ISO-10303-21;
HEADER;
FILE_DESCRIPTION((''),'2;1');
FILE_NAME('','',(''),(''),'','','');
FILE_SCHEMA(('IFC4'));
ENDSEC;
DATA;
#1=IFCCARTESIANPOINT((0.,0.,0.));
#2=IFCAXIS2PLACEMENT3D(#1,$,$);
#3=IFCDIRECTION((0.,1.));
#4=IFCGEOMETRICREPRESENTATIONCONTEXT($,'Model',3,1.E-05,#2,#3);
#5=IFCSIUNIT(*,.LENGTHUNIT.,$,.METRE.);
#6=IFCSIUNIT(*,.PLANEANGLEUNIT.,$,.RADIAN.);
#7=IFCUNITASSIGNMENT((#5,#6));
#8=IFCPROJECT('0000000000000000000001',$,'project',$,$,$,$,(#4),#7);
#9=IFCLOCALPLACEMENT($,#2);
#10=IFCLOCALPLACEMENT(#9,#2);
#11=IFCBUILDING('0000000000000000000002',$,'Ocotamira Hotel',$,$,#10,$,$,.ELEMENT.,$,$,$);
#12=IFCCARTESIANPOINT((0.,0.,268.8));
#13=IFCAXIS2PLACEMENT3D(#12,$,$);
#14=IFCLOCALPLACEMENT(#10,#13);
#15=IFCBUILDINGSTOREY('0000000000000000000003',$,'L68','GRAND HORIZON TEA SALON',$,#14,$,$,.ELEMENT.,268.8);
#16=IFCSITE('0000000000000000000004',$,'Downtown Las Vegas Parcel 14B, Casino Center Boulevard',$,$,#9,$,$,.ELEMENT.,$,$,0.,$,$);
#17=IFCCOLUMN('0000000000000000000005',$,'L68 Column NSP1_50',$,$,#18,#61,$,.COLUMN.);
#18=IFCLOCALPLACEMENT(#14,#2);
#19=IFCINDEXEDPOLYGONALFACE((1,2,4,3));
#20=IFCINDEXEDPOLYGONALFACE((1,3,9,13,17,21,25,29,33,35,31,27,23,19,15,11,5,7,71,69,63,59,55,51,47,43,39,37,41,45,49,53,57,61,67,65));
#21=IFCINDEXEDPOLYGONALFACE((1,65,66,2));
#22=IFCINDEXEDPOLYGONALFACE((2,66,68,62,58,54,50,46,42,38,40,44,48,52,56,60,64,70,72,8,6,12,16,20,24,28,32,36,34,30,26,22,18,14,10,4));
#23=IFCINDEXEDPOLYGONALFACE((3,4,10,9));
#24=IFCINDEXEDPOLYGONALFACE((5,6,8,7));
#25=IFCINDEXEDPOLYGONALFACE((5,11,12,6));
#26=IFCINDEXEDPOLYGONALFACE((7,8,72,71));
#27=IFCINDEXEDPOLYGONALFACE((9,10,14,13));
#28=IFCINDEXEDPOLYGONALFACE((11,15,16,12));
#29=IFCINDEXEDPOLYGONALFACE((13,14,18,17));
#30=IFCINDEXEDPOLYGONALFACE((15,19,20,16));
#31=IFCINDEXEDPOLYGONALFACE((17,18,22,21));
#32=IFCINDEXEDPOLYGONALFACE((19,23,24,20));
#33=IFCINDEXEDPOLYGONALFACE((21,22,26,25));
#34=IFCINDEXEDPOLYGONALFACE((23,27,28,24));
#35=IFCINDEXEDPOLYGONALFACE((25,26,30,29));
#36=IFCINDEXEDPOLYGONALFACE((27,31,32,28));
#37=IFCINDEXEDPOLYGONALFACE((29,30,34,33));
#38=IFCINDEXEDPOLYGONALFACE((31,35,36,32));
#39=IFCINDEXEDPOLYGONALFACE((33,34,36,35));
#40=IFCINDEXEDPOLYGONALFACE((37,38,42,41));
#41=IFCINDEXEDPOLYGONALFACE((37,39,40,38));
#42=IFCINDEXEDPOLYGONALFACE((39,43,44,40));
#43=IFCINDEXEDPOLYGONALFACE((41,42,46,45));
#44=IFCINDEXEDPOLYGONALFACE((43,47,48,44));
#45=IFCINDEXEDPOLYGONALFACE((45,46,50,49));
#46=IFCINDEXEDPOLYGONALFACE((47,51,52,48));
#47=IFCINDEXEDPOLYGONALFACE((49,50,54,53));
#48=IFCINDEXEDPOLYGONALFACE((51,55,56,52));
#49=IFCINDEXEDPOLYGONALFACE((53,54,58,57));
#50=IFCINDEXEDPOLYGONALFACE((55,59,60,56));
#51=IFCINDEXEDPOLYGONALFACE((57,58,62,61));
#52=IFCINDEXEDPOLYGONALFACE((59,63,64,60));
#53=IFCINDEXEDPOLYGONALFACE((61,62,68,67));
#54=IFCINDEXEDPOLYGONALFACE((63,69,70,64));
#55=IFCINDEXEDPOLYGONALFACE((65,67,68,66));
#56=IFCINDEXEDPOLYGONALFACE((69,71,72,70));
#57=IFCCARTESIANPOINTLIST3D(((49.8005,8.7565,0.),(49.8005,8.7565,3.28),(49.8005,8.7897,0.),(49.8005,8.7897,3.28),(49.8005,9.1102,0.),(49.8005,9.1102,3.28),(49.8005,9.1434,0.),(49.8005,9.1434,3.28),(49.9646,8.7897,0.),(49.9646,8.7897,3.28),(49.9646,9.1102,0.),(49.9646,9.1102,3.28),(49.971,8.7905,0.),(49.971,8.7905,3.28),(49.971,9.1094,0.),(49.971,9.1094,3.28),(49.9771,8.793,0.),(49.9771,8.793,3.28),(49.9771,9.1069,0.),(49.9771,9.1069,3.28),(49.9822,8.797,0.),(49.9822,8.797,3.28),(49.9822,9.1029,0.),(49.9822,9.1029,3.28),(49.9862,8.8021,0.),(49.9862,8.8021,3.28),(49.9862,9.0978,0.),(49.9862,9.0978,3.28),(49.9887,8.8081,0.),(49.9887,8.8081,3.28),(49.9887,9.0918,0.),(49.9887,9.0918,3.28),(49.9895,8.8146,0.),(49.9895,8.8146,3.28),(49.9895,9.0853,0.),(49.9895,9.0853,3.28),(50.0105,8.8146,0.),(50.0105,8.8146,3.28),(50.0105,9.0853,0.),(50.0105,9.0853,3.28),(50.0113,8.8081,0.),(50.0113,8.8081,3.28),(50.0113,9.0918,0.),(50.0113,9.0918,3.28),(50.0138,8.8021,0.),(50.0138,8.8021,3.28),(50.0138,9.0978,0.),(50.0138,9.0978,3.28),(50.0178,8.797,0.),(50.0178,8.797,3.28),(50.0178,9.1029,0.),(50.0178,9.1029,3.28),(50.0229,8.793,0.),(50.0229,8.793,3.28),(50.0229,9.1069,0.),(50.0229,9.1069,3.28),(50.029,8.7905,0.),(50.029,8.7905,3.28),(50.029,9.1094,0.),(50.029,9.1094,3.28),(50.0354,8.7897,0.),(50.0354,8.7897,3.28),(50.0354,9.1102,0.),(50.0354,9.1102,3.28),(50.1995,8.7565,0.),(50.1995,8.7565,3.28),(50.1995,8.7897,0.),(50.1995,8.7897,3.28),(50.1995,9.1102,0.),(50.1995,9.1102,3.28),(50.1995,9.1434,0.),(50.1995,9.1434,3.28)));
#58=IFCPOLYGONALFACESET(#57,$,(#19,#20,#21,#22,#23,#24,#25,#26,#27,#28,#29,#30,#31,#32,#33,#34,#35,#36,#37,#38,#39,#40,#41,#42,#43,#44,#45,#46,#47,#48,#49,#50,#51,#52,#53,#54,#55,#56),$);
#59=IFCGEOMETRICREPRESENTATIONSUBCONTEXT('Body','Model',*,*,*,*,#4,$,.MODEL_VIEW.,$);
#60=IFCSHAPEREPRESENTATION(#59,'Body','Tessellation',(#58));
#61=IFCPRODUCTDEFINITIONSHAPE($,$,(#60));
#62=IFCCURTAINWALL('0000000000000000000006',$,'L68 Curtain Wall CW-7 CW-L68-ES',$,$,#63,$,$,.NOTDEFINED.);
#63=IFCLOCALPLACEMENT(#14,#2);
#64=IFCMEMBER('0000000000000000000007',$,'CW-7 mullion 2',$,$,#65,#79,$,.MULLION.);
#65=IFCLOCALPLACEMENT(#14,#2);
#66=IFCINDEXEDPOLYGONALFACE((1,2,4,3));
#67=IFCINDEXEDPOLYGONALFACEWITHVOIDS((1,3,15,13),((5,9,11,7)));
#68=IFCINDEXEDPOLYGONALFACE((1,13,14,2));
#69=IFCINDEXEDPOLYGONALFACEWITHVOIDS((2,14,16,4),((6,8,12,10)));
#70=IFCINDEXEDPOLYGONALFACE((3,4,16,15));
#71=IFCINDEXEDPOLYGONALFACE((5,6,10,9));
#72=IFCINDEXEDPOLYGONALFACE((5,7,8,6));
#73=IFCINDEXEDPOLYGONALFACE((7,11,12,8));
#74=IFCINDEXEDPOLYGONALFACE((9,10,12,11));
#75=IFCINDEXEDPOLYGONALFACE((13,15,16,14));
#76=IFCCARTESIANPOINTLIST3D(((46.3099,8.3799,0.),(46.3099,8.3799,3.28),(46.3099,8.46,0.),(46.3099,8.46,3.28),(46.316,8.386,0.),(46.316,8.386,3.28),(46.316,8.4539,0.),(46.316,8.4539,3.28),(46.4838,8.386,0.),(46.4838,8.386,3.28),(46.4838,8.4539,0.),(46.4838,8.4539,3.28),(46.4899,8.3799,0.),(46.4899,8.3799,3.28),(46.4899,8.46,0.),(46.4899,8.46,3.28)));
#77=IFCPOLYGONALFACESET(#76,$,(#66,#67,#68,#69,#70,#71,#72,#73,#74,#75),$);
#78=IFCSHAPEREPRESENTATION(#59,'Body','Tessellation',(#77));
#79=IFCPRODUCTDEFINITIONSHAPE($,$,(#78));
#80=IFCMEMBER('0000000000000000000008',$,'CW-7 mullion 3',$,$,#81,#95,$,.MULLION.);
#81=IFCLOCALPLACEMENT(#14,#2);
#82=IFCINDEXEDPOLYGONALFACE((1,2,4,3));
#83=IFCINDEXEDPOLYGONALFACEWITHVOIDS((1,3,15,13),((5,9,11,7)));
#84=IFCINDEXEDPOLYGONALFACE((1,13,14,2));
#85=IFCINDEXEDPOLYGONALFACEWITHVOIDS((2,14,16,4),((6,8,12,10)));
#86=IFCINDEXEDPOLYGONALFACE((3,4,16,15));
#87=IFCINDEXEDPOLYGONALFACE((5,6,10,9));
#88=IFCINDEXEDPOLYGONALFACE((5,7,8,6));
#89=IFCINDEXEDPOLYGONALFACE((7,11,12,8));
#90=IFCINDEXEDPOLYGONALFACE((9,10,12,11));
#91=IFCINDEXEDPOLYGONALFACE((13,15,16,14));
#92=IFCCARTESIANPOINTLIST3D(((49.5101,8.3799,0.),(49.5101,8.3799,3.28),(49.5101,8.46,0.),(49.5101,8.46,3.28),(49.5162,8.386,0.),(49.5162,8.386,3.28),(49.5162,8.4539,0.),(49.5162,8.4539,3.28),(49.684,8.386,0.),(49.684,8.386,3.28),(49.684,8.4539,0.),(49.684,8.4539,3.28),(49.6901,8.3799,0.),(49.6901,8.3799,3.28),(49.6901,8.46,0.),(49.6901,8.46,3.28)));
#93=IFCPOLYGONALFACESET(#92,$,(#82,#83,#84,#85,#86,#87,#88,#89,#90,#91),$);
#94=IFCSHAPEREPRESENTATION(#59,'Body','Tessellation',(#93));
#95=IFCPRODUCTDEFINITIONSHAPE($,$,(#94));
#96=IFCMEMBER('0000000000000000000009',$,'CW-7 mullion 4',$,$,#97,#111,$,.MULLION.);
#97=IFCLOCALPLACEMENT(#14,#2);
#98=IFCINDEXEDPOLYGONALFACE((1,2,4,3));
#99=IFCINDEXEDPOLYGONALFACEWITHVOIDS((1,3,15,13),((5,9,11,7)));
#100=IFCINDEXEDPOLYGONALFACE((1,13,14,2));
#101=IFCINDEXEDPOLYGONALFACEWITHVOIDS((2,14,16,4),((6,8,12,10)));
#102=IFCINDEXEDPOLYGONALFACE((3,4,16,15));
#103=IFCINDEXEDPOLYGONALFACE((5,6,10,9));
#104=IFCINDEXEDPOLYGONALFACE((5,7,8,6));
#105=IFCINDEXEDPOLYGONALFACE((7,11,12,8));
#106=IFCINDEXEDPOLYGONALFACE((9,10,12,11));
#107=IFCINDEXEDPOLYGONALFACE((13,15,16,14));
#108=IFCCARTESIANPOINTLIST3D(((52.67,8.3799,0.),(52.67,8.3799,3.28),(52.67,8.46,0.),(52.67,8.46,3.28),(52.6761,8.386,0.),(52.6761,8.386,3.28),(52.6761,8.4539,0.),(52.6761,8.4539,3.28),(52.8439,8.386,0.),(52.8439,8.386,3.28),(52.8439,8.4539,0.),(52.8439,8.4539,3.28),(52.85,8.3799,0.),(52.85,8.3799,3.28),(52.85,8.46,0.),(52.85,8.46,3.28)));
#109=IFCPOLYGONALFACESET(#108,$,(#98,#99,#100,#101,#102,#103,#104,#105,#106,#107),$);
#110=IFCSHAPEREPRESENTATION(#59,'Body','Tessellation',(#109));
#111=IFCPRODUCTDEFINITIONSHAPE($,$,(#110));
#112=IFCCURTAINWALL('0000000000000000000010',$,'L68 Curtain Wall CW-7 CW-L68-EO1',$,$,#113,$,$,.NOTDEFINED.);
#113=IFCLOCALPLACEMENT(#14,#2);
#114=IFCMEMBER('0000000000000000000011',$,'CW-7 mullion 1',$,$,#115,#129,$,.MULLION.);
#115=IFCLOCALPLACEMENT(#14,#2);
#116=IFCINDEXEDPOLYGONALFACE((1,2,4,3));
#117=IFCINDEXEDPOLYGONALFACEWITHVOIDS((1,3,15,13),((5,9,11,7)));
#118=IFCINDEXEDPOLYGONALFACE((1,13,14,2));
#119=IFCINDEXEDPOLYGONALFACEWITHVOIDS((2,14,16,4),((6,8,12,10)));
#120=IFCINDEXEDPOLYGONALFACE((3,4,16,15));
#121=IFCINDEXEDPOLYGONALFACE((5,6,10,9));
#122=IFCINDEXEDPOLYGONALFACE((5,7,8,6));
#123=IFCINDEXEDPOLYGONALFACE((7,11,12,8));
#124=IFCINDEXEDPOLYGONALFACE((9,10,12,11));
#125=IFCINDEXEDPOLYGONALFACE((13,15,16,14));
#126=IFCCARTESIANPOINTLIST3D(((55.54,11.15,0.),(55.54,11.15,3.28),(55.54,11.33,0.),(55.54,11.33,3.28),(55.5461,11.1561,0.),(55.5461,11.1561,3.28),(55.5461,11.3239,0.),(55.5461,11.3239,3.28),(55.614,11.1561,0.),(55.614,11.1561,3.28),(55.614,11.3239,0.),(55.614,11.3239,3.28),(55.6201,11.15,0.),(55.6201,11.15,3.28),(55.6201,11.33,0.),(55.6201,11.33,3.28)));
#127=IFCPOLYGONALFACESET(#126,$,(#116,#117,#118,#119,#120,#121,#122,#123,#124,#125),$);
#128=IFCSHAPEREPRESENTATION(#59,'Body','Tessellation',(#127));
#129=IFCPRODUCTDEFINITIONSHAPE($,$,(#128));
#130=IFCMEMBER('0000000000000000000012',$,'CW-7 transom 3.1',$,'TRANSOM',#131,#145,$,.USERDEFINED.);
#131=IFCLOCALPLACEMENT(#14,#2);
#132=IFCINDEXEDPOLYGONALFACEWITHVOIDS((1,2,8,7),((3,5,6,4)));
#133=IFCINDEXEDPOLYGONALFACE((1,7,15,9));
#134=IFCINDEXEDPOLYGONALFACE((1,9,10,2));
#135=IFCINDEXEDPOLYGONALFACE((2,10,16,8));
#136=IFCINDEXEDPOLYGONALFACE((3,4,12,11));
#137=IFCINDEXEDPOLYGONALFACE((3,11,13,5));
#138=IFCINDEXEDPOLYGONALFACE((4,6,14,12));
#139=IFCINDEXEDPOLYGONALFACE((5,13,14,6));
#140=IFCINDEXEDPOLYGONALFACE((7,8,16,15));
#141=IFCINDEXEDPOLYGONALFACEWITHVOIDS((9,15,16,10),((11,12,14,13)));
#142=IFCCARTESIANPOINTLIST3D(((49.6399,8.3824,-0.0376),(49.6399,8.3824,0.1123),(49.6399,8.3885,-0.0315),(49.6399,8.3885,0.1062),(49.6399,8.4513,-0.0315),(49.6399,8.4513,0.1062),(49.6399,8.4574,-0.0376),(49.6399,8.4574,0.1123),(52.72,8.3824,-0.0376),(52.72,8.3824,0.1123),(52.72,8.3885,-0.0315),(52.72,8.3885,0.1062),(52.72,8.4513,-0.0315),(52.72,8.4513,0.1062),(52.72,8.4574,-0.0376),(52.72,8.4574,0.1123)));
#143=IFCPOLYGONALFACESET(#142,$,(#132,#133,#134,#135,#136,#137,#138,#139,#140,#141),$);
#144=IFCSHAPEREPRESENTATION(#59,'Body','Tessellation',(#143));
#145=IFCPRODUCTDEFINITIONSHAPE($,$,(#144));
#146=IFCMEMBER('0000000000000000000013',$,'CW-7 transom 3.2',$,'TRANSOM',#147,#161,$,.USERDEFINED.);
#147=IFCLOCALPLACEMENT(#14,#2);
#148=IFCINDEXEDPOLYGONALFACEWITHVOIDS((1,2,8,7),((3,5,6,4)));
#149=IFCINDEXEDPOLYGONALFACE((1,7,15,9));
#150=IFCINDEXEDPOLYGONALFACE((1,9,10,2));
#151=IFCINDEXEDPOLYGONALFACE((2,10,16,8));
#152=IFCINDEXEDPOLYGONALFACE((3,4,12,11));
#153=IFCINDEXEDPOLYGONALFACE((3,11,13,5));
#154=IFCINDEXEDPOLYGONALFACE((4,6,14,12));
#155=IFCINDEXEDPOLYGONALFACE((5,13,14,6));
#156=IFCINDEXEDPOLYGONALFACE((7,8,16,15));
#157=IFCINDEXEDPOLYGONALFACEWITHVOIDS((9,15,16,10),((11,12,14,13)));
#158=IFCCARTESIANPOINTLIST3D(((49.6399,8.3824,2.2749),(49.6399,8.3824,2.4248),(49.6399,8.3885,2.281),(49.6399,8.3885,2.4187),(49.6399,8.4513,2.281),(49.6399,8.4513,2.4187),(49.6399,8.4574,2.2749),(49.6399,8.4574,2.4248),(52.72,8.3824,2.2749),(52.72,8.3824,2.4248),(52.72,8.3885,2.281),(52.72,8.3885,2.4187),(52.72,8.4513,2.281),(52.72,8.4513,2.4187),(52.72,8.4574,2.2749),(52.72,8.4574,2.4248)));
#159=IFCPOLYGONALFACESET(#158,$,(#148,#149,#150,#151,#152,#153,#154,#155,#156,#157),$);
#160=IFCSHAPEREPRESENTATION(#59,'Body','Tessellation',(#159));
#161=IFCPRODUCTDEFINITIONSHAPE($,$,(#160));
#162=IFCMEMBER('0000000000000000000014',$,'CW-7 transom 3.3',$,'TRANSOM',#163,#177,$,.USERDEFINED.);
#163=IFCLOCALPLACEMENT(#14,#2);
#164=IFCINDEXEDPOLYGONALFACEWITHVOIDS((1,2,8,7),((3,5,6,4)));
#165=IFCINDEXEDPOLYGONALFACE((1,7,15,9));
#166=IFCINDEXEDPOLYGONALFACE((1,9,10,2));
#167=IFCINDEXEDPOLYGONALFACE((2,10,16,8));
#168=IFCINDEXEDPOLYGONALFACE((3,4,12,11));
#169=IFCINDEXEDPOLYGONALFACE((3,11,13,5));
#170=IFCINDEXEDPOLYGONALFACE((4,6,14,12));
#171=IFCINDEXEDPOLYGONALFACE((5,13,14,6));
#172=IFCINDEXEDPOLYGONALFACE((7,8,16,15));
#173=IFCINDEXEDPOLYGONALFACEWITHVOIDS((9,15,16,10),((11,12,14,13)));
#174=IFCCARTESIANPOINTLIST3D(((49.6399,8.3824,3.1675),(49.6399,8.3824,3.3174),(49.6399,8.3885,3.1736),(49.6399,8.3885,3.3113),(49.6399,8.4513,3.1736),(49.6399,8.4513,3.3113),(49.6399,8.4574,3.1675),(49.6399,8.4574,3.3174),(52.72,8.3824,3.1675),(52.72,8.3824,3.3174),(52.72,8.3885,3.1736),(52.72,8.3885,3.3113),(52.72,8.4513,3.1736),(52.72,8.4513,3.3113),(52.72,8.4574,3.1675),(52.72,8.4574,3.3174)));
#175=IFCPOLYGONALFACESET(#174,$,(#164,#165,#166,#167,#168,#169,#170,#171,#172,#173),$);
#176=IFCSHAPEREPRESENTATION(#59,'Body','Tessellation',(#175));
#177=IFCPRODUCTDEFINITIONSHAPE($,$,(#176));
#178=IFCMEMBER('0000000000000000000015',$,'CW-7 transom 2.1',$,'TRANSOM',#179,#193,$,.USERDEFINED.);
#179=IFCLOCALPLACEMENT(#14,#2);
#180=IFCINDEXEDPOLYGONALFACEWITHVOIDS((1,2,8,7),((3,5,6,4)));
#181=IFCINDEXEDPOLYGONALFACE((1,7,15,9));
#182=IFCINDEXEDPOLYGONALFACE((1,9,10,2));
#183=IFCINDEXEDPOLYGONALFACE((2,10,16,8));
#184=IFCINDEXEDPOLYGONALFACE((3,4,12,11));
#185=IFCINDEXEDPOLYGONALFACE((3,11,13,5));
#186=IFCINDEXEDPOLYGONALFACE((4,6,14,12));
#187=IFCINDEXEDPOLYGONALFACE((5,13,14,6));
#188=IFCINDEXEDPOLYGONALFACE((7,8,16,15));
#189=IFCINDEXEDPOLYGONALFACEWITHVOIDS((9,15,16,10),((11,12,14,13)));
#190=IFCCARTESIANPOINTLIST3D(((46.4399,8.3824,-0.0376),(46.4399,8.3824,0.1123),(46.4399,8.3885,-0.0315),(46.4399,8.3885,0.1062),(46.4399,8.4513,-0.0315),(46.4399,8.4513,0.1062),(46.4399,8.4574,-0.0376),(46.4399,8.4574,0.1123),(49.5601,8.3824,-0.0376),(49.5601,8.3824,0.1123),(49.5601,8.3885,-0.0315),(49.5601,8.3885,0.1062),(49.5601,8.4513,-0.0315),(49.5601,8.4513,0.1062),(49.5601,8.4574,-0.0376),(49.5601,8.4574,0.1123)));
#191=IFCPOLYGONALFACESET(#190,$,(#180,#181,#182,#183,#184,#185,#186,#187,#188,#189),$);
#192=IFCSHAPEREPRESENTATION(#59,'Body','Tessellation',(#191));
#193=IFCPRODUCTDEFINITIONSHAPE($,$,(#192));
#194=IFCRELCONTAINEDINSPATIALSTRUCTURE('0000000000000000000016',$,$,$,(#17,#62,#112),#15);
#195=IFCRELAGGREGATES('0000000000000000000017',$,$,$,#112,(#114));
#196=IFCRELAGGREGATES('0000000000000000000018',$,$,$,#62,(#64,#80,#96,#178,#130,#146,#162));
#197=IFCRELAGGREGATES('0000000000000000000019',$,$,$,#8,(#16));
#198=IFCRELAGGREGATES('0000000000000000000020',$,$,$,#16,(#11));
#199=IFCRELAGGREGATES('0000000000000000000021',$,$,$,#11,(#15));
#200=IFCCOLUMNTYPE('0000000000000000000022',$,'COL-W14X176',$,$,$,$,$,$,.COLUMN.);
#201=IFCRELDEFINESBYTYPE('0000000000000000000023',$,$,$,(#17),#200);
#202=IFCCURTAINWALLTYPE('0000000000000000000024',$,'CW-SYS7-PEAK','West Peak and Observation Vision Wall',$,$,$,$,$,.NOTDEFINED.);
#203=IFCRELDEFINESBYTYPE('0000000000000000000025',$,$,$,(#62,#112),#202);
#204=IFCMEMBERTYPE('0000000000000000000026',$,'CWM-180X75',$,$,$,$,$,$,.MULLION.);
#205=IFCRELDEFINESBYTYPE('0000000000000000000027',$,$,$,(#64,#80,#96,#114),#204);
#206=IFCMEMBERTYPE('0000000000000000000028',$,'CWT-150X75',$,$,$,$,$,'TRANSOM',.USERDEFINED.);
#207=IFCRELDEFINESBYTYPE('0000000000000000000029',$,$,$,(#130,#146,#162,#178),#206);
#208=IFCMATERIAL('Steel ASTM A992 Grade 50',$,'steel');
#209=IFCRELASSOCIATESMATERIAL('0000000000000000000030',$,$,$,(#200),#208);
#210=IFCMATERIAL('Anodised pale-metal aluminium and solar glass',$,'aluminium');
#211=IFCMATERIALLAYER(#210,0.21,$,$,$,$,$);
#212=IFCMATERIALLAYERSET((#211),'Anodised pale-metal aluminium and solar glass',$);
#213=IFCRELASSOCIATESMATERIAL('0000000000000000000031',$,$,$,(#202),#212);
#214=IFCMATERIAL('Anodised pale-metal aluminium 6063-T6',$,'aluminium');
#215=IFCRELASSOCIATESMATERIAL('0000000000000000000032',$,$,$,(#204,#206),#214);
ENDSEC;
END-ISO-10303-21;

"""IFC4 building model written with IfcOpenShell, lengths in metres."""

from ifc_helpers import new_model, si_unit, direction, frame, origin, origin_2d, place, context, subcontext, project, spatial, hollow_rectangle, i_section, extrude, source, transform, mapped, material, layer, layer_set, material_profile, profile_set, type_object, element, aggregate, save


model = new_model("IFC4")

# Units and contexts
model_context = context("Model", 3, precision=1e-05, world=origin(), true_north=direction((0.0, 1.0)))
body_context = subcontext(model_context, "Body", "Model", "MODEL_VIEW")
ifc_project = project(units=[si_unit("LENGTHUNIT", "METRE"), si_unit("PLANEANGLEUNIT", "RADIAN")], contexts=[model_context])

# Site, building, storey
site_placement = place(None, origin())
site = spatial("IfcSite", under=ifc_project, at=site_placement, Name="Downtown Las Vegas Parcel 14B, Casino Center Boulevard", CompositionType="ELEMENT", RefElevation=0.0)
building_placement = place(site_placement, origin())
building = spatial("IfcBuilding", under=site, at=building_placement, Name="Ocotamira Hotel", CompositionType="ELEMENT")
storey_placement = place(building_placement, frame((0.0, 0.0, 268.8)))
storey = spatial("IfcBuildingStorey", under=building, at=storey_placement, Name="L68", Description="GRAND HORIZON TEA SALON", CompositionType="ELEMENT", Elevation=268.8)

# Column
ifc_material_1 = material(Name="Steel ASTM A992 Grade 50", Category="steel")
ifc_material_profile_1 = material_profile(ifc_material_1, i_section(OverallWidth=0.3989, OverallDepth=0.387, WebThickness=0.021, FlangeThickness=0.0332, FilletRadius=0.0249, at=origin_2d()), Name="W14X176")
ifc_profile_set_1 = profile_set([ifc_material_profile_1], Name="Steel ASTM A992 Grade 50")
column_type = type_object("IfcColumnType", Name="COL-W14X176", PredefinedType="COLUMN", material=ifc_profile_set_1)
shared_shape_1 = source(origin(), body_context, "Body", "SweptSolid", [
    extrude(i_section(OverallWidth=0.3989, OverallDepth=0.387, WebThickness=0.021, FlangeThickness=0.0332, FilletRadius=0.0249, at=origin_2d()), origin(), (0.0, 0.0, 1.0), 3.28),
])
column_placement = place(storey_placement, frame((50.0, 8.95, 0.0), z_axis=(0.0, 0.0, 1.0), x_axis=(1.0, 0.0, 0.0)))
element("IfcColumn", 1, at=column_placement, inside=storey, type_object=column_type, Name="L68 Column NSP1_50", PredefinedType="COLUMN", context=body_context, shape_type="MappedRepresentation", body=[
    mapped(shared_shape_1, transform((0.0, 0.0, 0.0), scale=1.0)),
])

# Curtain wall, members
ifc_material_2 = material(Name="Anodised pale-metal aluminium and solar glass", Category="aluminium")
ifc_layer_1 = layer(ifc_material_2, 0.21)
ifc_layer_set_1 = layer_set([ifc_layer_1], Name="Anodised pale-metal aluminium and solar glass")
curtain_wall_type = type_object("IfcCurtainWallType", Name="CW-SYS7-PEAK", Description="West Peak and Observation Vision Wall", PredefinedType="NOTDEFINED", material=ifc_layer_set_1)
curtain_wall_1_placement = place(storey_placement, origin())
curtain_wall_1 = element("IfcCurtainWall", 2, at=curtain_wall_1_placement, inside=storey, type_object=curtain_wall_type, Name="L68 Curtain Wall CW-7 CW-L68-ES", PredefinedType="NOTDEFINED")
ifc_material_3 = material(Name="Anodised pale-metal aluminium 6063-T6", Category="aluminium")
ifc_material_profile_2 = material_profile(ifc_material_3, hollow_rectangle(XDim=0.0801, YDim=0.1799, WallThickness=0.0061, at=origin_2d()), Name="HSS180X80X6")
ifc_profile_set_2 = profile_set([ifc_material_profile_2], Name="Anodised pale-metal aluminium 6063-T6")
member_type_1 = type_object("IfcMemberType", Name="CWM-180X75", PredefinedType="MULLION", material=ifc_profile_set_2)
shared_shape_2 = source(origin(), body_context, "Body", "SweptSolid", [
    extrude(hollow_rectangle(XDim=0.0801, YDim=0.1799, WallThickness=0.0061, at=origin_2d()), origin(), (0.0, 0.0, 1.0), 3.28),
])
member_1_placement = place(storey_placement, frame((46.3999, 8.4199, 0.0), z_axis=(0.0, 0.0, 1.0), x_axis=(0.0, 1.0, 0.0)))
member_1 = element("IfcMember", 3, at=member_1_placement, type_object=member_type_1, Name="CW-7 mullion 2", PredefinedType="MULLION", context=body_context, shape_type="MappedRepresentation", body=[
    mapped(shared_shape_2, transform((0.0, 0.0, 0.0), scale=1.0)),
])
member_2_placement = place(storey_placement, frame((49.6001, 8.4199, 0.0), z_axis=(0.0, 0.0, 1.0), x_axis=(0.0, 1.0, 0.0)))
member_2 = element("IfcMember", 4, at=member_2_placement, type_object=member_type_1, Name="CW-7 mullion 3", PredefinedType="MULLION", context=body_context, shape_type="MappedRepresentation", body=[
    mapped(shared_shape_2, transform((0.0, 0.0, 0.0), scale=1.0)),
])
member_3_placement = place(storey_placement, frame((52.76, 8.4199, 0.0), z_axis=(0.0, 0.0, 1.0), x_axis=(0.0, 1.0, 0.0)))
member_3 = element("IfcMember", 5, at=member_3_placement, type_object=member_type_1, Name="CW-7 mullion 4", PredefinedType="MULLION", context=body_context, shape_type="MappedRepresentation", body=[
    mapped(shared_shape_2, transform((0.0, 0.0, 0.0), scale=1.0)),
])

# Curtain wall, member
curtain_wall_2_placement = place(storey_placement, origin())
curtain_wall_2 = element("IfcCurtainWall", 6, at=curtain_wall_2_placement, inside=storey, type_object=curtain_wall_type, Name="L68 Curtain Wall CW-7 CW-L68-EO1", PredefinedType="NOTDEFINED")
member_4_placement = place(storey_placement, frame((55.5801, 11.24, 0.0), z_axis=(0.0, 0.0, 1.0), x_axis=(-1.0, 0.0, 0.0)))
member_4 = element("IfcMember", 7, at=member_4_placement, type_object=member_type_1, Name="CW-7 mullion 1", PredefinedType="MULLION", context=body_context, shape_type="MappedRepresentation", body=[
    mapped(shared_shape_2, transform((0.0, 0.0, 0.0), scale=1.0)),
])

# Members
ifc_material_profile_3 = material_profile(ifc_material_3, hollow_rectangle(XDim=0.075, YDim=0.1499, WallThickness=0.0061, at=origin_2d()), Name="HSS150X75X6")
ifc_profile_set_3 = profile_set([ifc_material_profile_3], Name="Anodised pale-metal aluminium 6063-T6")
member_type_2 = type_object("IfcMemberType", Name="CWT-150X75", ElementType="TRANSOM", PredefinedType="USERDEFINED", material=ifc_profile_set_3)
shared_shape_3 = source(origin(), body_context, "Body", "SweptSolid", [
    extrude(hollow_rectangle(XDim=0.075, YDim=0.1499, WallThickness=0.0061, at=origin_2d()), origin(), (0.0, 0.0, 1.0), 3.0801),
])
member_5_placement = place(storey_placement, frame((49.6399, 8.4199, 0.0374), z_axis=(1.0, 0.0, 0.0), x_axis=(0.0, 1.0, 0.0)))
member_5 = element("IfcMember", 8, at=member_5_placement, type_object=member_type_2, Name="CW-7 transom 3.1", ObjectType="TRANSOM", PredefinedType="USERDEFINED", context=body_context, shape_type="MappedRepresentation", body=[
    mapped(shared_shape_3, transform((0.0, 0.0, 0.0), scale=1.0)),
])
member_6_placement = place(storey_placement, frame((49.6399, 8.4199, 2.3499), z_axis=(1.0, 0.0, 0.0), x_axis=(0.0, 1.0, 0.0)))
member_6 = element("IfcMember", 9, at=member_6_placement, type_object=member_type_2, Name="CW-7 transom 3.2", ObjectType="TRANSOM", PredefinedType="USERDEFINED", context=body_context, shape_type="MappedRepresentation", body=[
    mapped(shared_shape_3, transform((0.0, 0.0, 0.0), scale=1.0)),
])
member_7_placement = place(storey_placement, frame((49.6399, 8.4199, 3.2424), z_axis=(1.0, 0.0, 0.0), x_axis=(0.0, 1.0, 0.0)))
member_7 = element("IfcMember", 10, at=member_7_placement, type_object=member_type_2, Name="CW-7 transom 3.3", ObjectType="TRANSOM", PredefinedType="USERDEFINED", context=body_context, shape_type="MappedRepresentation", body=[
    mapped(shared_shape_3, transform((0.0, 0.0, 0.0), scale=1.0)),
])
shared_shape_4 = source(origin(), body_context, "Body", "SweptSolid", [
    extrude(hollow_rectangle(XDim=0.075, YDim=0.1499, WallThickness=0.0061, at=origin_2d()), origin(), (0.0, 0.0, 1.0), 3.1201),
])
member_8_placement = place(storey_placement, frame((46.4399, 8.4199, 0.0374), z_axis=(1.0, 0.0, 0.0), x_axis=(0.0, 1.0, 0.0)))
member_8 = element("IfcMember", 11, at=member_8_placement, type_object=member_type_2, Name="CW-7 transom 2.1", ObjectType="TRANSOM", PredefinedType="USERDEFINED", context=body_context, shape_type="MappedRepresentation", body=[
    mapped(shared_shape_4, transform((0.0, 0.0, 0.0), scale=1.0)),
])
aggregate(curtain_wall_2, [member_4])

aggregate(curtain_wall_1, [member_1, member_2, member_3, member_8, member_5, member_6, member_7])

save(model, "model.ifc")
